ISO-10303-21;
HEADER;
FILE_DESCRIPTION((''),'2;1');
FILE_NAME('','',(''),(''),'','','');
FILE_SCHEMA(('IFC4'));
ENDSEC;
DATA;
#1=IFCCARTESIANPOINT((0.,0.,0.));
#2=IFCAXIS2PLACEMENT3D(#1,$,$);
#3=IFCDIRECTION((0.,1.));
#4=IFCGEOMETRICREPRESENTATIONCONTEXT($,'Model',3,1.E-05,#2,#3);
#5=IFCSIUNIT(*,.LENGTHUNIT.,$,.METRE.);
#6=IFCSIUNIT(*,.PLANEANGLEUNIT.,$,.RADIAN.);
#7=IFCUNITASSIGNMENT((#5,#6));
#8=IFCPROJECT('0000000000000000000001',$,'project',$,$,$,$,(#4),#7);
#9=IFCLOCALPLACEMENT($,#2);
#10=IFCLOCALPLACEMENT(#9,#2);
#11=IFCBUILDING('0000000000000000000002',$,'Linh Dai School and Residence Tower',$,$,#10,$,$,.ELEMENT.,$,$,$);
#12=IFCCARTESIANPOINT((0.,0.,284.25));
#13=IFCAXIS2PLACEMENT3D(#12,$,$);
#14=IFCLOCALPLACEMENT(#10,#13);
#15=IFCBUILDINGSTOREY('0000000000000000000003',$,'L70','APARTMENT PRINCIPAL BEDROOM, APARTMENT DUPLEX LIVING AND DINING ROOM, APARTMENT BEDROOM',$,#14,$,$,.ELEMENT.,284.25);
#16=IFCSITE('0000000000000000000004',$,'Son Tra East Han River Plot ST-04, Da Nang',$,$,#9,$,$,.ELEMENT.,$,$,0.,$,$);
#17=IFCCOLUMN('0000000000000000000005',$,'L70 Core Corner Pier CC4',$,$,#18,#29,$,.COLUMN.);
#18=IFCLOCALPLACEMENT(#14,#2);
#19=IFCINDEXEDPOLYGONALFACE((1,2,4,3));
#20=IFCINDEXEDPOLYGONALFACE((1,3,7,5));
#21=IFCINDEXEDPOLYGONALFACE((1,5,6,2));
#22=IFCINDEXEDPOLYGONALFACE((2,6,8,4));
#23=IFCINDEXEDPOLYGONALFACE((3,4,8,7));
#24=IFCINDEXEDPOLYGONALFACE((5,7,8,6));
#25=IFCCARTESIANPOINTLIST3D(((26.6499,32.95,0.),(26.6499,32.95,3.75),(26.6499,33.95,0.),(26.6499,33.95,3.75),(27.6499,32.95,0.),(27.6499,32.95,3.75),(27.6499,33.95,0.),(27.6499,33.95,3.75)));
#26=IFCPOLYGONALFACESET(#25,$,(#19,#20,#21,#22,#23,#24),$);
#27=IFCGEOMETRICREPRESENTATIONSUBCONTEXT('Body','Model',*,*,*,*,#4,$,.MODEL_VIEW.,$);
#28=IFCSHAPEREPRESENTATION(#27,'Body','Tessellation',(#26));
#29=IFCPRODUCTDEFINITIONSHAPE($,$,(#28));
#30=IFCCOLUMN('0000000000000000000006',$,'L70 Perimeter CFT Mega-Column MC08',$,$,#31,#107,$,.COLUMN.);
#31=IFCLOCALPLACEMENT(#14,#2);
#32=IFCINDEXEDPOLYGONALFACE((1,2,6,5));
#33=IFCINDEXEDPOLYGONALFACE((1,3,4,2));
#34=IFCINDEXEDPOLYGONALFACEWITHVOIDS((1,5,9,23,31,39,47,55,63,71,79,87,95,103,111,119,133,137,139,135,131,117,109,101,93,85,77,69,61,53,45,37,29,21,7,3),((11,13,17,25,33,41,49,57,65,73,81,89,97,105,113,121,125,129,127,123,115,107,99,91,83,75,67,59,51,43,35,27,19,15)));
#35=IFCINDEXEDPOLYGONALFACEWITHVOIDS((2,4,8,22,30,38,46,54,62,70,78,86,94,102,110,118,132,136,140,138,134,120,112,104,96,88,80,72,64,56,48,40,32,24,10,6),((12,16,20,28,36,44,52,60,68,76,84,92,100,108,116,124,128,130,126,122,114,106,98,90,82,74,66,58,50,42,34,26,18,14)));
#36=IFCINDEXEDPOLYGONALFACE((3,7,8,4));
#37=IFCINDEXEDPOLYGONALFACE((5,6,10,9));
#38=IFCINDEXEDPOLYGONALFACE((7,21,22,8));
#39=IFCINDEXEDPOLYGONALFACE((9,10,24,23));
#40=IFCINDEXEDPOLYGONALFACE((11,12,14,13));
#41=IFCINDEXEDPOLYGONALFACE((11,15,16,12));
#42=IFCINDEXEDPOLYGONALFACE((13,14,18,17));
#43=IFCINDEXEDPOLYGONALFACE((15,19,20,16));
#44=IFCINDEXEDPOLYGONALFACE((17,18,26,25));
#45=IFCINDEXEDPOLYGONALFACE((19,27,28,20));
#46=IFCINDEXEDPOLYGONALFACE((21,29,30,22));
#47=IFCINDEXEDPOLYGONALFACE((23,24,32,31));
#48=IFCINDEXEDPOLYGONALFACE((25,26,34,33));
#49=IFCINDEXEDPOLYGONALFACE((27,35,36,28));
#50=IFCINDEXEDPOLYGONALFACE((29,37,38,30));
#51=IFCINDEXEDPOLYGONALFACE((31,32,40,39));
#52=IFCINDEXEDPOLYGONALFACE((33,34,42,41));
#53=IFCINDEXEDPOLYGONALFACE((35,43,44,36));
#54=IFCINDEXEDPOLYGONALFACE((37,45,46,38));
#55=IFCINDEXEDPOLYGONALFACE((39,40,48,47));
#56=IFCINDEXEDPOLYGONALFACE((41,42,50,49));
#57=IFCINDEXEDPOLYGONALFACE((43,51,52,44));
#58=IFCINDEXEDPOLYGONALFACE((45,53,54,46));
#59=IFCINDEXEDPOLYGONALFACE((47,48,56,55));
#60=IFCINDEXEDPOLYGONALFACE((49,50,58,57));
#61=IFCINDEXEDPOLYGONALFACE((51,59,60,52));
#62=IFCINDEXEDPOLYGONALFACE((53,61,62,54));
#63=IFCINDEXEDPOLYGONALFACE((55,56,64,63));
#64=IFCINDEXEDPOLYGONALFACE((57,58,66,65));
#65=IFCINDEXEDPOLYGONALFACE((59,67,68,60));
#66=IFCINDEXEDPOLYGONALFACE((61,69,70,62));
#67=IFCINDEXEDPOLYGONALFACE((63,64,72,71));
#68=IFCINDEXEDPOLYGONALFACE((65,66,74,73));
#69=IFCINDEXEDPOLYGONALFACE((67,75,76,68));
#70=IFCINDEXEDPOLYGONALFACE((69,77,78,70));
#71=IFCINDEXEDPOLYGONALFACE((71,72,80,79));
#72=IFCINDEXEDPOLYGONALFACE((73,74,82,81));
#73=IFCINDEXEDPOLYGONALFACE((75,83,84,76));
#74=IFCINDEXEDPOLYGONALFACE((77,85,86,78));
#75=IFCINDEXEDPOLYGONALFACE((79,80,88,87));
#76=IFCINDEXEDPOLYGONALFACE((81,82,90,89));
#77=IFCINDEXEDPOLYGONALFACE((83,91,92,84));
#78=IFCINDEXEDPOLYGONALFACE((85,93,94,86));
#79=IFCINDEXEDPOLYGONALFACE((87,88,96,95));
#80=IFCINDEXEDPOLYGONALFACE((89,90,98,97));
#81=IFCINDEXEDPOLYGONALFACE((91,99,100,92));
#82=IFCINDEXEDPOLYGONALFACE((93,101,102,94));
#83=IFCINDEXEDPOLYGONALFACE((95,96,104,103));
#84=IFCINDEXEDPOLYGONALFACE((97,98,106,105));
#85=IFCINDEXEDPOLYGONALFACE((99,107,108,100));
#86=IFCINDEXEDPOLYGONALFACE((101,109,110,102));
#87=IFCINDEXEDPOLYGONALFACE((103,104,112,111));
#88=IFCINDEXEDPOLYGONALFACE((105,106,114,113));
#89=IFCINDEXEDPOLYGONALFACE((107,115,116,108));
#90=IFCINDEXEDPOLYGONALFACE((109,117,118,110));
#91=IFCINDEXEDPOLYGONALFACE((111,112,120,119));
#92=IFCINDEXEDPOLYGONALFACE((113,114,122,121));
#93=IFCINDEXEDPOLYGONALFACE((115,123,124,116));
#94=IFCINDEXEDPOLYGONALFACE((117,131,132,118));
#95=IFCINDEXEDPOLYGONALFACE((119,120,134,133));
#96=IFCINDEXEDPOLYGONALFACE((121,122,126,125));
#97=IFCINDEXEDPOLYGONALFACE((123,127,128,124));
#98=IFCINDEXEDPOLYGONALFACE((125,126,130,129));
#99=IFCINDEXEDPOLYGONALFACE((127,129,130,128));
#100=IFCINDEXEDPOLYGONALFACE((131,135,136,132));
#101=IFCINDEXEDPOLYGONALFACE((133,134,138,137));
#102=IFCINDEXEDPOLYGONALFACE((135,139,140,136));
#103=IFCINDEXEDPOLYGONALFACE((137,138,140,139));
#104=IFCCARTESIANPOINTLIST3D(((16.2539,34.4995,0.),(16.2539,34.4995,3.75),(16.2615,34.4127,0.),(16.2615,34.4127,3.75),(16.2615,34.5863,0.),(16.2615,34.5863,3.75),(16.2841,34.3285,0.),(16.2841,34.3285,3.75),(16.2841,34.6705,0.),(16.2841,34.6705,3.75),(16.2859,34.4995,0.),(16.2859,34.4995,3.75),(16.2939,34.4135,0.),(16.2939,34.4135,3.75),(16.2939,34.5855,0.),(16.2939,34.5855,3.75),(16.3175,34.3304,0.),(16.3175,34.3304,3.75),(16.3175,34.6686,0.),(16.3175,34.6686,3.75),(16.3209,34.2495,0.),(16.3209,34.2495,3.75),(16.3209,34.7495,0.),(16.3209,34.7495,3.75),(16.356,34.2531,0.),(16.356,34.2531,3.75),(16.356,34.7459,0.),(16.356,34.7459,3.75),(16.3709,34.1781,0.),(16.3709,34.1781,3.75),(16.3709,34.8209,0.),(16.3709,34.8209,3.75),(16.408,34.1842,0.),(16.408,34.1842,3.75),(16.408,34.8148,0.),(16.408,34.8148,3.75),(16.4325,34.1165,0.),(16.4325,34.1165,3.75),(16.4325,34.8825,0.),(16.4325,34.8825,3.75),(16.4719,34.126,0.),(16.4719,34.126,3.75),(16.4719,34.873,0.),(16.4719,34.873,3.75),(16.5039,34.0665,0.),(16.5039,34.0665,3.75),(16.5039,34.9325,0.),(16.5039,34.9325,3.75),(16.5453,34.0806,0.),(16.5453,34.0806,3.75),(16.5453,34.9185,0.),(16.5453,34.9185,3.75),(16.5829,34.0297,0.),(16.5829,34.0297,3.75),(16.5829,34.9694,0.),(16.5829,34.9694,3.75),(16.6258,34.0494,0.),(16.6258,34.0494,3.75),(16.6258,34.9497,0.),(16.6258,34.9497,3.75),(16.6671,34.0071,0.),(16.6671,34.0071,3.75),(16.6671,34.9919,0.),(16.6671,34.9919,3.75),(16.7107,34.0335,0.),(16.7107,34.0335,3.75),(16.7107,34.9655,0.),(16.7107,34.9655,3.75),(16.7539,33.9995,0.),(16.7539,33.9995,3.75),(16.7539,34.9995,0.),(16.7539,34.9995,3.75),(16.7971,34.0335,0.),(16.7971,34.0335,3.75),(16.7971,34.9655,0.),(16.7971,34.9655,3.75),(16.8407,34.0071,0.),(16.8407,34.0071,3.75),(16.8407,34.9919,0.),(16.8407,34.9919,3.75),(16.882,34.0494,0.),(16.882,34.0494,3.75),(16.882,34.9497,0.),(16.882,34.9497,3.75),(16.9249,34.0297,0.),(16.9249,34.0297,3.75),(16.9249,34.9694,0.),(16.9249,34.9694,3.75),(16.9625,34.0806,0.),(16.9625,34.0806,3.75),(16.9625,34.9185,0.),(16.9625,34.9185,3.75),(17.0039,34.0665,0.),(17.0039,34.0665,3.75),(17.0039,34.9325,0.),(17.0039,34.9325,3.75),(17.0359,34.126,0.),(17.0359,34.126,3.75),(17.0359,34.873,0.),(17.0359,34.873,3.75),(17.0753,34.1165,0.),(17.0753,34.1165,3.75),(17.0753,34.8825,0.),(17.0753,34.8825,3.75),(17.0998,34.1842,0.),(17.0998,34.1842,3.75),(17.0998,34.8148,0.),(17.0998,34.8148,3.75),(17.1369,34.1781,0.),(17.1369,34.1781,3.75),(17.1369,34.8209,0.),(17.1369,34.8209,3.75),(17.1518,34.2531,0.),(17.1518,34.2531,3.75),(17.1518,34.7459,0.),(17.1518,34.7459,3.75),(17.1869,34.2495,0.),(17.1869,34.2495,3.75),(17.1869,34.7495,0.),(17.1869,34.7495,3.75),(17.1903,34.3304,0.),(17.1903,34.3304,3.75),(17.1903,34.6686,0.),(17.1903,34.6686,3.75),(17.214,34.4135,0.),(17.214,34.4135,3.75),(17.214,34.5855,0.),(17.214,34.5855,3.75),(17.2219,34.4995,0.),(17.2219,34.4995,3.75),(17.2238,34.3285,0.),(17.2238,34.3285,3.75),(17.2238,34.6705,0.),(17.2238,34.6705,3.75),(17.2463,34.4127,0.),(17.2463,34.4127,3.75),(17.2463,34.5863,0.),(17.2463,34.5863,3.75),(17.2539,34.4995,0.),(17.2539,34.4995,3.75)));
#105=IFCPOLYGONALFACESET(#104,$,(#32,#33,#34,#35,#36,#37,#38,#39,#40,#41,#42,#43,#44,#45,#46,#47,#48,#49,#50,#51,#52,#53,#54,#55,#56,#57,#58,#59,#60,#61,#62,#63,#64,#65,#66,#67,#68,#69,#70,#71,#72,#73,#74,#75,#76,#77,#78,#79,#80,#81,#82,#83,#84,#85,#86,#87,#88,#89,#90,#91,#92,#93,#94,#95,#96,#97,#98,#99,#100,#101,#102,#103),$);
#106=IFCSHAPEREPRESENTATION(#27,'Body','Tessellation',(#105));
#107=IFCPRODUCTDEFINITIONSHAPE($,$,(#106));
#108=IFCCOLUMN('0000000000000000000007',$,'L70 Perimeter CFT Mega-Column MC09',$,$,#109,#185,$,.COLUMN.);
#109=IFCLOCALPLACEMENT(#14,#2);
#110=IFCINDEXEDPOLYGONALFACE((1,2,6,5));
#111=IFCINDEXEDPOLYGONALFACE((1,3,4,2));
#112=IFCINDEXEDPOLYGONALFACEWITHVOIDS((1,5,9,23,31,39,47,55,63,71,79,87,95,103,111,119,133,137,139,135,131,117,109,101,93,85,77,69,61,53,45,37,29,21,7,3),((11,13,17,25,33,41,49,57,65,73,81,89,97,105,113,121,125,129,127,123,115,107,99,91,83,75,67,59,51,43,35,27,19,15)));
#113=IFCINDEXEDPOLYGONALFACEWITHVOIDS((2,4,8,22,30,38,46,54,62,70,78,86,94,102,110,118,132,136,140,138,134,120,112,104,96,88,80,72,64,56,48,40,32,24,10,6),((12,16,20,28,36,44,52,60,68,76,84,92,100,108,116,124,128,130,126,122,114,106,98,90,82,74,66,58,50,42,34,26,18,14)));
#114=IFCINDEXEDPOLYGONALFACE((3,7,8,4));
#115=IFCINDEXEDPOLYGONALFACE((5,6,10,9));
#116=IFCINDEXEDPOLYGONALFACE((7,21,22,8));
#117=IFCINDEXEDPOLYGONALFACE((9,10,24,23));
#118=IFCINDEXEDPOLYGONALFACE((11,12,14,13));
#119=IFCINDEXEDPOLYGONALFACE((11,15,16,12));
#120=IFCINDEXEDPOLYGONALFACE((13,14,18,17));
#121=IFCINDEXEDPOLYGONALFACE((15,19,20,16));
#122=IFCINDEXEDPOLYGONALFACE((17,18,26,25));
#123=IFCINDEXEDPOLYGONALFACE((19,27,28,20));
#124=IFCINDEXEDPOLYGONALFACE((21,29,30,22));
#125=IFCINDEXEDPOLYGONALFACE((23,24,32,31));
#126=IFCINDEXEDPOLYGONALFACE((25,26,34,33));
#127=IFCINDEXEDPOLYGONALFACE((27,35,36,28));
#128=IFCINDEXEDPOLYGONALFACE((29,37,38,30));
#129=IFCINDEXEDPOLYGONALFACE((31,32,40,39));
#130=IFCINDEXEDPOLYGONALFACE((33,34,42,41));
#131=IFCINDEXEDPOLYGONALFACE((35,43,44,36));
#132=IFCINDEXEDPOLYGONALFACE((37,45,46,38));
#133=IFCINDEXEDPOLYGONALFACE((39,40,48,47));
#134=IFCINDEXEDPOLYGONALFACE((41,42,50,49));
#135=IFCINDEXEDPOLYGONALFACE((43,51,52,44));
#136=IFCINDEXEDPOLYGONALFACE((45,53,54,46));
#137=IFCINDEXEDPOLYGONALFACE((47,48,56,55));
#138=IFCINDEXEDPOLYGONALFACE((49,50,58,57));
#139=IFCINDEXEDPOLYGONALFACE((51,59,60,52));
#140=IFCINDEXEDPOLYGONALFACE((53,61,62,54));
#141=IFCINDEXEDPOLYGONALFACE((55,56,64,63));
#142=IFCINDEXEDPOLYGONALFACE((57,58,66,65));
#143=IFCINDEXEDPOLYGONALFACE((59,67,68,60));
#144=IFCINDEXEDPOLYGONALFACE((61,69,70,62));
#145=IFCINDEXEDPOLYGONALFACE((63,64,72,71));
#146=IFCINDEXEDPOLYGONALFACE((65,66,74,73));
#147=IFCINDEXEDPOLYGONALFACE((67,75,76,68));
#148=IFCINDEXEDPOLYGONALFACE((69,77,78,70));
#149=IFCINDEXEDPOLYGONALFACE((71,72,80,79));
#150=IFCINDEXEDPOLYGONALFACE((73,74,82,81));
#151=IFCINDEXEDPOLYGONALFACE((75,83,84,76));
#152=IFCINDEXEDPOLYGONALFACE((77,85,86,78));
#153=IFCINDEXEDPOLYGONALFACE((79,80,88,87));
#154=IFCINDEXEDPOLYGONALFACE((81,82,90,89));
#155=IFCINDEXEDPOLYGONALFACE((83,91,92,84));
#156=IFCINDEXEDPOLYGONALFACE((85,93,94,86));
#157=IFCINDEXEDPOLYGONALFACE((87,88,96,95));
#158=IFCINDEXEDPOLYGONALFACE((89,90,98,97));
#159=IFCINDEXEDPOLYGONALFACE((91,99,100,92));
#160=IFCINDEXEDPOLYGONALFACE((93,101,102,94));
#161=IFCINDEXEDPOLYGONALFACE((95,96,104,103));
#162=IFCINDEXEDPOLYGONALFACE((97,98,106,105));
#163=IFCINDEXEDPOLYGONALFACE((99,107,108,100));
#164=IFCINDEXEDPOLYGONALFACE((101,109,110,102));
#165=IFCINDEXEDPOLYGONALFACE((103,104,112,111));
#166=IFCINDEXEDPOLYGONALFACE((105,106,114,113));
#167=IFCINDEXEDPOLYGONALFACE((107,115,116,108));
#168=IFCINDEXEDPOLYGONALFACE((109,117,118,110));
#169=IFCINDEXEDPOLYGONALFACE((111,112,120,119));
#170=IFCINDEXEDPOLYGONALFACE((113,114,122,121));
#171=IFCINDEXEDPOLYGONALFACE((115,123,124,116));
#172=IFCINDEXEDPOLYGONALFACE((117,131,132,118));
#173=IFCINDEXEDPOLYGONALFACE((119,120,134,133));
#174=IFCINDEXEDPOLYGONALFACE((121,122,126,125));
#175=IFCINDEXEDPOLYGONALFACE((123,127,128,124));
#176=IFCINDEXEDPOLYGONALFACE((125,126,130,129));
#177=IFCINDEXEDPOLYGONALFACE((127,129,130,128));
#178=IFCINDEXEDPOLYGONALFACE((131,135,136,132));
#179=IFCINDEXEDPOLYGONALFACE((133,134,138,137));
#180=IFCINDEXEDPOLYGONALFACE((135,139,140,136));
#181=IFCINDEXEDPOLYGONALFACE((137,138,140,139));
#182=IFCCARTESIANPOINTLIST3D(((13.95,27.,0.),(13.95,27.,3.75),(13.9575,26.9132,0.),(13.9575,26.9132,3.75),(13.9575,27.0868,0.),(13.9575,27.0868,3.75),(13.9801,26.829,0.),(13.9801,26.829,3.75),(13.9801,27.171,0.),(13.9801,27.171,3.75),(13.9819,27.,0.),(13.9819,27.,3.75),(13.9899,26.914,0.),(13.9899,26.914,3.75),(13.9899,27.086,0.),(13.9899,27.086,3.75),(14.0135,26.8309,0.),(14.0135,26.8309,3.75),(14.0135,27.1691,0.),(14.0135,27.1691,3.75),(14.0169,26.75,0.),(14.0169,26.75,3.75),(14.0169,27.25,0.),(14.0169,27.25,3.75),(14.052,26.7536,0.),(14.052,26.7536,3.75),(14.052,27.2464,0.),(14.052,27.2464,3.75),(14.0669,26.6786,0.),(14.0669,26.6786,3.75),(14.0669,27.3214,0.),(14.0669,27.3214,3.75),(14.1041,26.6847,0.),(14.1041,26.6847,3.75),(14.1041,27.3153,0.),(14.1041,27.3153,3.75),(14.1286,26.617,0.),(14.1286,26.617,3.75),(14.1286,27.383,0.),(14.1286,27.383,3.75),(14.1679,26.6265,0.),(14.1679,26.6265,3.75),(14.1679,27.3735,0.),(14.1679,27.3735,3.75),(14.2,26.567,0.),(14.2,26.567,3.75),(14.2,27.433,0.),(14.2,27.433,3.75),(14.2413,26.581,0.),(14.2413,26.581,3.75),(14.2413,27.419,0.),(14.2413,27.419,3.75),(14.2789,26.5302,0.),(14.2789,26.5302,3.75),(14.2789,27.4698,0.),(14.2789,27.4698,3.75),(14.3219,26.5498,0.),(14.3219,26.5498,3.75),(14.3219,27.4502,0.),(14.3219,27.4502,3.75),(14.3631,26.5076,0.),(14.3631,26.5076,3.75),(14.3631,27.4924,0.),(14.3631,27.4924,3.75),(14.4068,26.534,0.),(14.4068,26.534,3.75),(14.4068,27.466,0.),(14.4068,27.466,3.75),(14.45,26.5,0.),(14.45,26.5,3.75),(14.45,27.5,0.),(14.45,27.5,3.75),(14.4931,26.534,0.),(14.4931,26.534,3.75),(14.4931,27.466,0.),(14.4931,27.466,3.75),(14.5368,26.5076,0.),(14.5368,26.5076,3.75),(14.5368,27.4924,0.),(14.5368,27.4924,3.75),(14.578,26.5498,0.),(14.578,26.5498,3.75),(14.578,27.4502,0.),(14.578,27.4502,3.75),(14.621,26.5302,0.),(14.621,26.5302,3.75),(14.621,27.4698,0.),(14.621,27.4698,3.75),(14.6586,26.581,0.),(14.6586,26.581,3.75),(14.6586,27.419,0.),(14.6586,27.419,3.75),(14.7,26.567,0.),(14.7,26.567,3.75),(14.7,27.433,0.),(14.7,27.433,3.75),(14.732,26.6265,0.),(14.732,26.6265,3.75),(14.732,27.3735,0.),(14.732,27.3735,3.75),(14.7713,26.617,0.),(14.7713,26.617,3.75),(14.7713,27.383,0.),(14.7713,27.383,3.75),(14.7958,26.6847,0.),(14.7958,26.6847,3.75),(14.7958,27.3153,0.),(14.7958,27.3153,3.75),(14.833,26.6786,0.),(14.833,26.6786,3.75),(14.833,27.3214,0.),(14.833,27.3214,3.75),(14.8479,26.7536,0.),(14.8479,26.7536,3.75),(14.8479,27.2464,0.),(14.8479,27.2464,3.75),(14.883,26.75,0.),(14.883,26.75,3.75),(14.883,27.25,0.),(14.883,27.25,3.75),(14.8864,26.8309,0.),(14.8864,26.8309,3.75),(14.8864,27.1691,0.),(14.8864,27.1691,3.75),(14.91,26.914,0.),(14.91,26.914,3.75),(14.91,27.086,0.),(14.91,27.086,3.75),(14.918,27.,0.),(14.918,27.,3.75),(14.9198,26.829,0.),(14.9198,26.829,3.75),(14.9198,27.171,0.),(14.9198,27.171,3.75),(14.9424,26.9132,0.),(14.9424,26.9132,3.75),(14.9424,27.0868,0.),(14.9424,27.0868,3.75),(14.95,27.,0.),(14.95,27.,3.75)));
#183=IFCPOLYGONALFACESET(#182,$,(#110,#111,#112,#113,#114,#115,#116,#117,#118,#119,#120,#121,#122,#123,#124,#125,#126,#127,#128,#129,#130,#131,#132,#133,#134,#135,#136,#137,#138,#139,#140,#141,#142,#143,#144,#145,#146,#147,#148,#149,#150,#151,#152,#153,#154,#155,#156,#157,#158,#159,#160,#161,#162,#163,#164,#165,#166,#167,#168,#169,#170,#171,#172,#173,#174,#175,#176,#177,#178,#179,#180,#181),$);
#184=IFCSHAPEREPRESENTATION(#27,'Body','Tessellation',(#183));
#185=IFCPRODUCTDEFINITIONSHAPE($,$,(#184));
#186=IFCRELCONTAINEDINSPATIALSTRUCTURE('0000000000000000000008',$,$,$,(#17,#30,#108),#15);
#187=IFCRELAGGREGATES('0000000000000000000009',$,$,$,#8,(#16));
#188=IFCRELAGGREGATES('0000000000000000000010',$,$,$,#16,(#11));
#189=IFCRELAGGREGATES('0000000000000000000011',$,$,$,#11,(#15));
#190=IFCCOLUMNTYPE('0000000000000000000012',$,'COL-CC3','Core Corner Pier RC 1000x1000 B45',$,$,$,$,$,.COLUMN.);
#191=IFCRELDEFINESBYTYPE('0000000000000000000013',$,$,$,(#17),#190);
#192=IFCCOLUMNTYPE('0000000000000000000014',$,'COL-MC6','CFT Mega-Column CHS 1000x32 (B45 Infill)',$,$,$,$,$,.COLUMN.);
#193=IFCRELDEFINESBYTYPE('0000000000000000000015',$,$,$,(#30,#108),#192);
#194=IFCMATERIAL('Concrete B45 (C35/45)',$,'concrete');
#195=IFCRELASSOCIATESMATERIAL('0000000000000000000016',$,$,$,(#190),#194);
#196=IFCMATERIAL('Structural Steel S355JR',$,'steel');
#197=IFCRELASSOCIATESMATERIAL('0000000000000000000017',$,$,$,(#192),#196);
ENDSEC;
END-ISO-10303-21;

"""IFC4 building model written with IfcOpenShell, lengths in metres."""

from ifc_helpers import new_model, si_unit, direction, frame, origin, origin_2d, place, context, subcontext, project, spatial, rectangle, hollow_circle, extrude, material, material_profile, profile_set, type_object, element, save


model = new_model("IFC4")

# Units and contexts
model_context = context("Model", 3, precision=1e-05, world=origin(), true_north=direction((0.0, 1.0)))
body_context = subcontext(model_context, "Body", "Model", "MODEL_VIEW")
ifc_project = project(units=[si_unit("LENGTHUNIT", "METRE"), si_unit("PLANEANGLEUNIT", "RADIAN")], contexts=[model_context])

# Site, building, storey
site_placement = place(None, origin())
site = spatial("IfcSite", under=ifc_project, at=site_placement, Name="Son Tra East Han River Plot ST-04, Da Nang", CompositionType="ELEMENT", RefElevation=0.0)
building_placement = place(site_placement, origin())
building = spatial("IfcBuilding", under=site, at=building_placement, Name="Linh Dai School and Residence Tower", CompositionType="ELEMENT")
storey_placement = place(building_placement, frame((0.0, 0.0, 284.25)))
storey = spatial("IfcBuildingStorey", under=building, at=storey_placement, Name="L70", Description="APARTMENT PRINCIPAL BEDROOM, APARTMENT DUPLEX LIVING AND DINING ROOM, APARTMENT BEDROOM", CompositionType="ELEMENT", Elevation=284.25)

# Columns
ifc_material_1 = material(Name="Concrete B45 (C35/45)", Category="concrete")
ifc_material_profile_1 = material_profile(ifc_material_1, rectangle(XDim=1.0, YDim=1.0, at=origin_2d()), Name="RC 1000x1000")
ifc_profile_set_1 = profile_set([ifc_material_profile_1], Name="Concrete B45 (C35/45)")
column_type_1 = type_object("IfcColumnType", Name="COL-CC3", Description="Core Corner Pier RC 1000x1000 B45", PredefinedType="COLUMN", material=ifc_profile_set_1)
column_placement = place(storey_placement, frame((27.1499, 33.45, 0.0), z_axis=(0.0, 0.0, 1.0), x_axis=(1.0, 0.0, 0.0)))
element("IfcColumn", 1, at=column_placement, inside=storey, type_object=column_type_1, Name="L70 Core Corner Pier CC4", PredefinedType="COLUMN", context=body_context, shape_type="SweptSolid", body=[
    extrude(rectangle(XDim=1.0, YDim=1.0, at=origin_2d()), origin(), (0.0, 0.0, 1.0), 3.75),
])
ifc_material_2 = material(Name="Structural Steel S355JR", Category="steel")
ifc_material_profile_2 = material_profile(ifc_material_2, hollow_circle(Radius=0.5, WallThickness=0.032, at=origin_2d()), Name="CHS 1000x32")
ifc_profile_set_2 = profile_set([ifc_material_profile_2], Name="Structural Steel S355JR")
column_type_2 = type_object("IfcColumnType", Name="COL-MC6", Description="CFT Mega-Column CHS 1000x32 (B45 Infill)", PredefinedType="COLUMN", material=ifc_profile_set_2)
for number, where, z_axis, x_axis, name in (
    (2, (16.7539, 34.4995, 0.0), (0.0, 0.0, 1.0), (1.0, 0.0, 0.0), "L70 Perimeter CFT Mega-Column MC08"),
    (3, (14.45, 27.0, 0.0), (0.0, 0.0, 1.0), (1.0, 0.0, 0.0), "L70 Perimeter CFT Mega-Column MC09"),
):
    element("IfcColumn", number, at=place(storey_placement, frame(where, z_axis=z_axis, x_axis=x_axis)), inside=storey, type_object=column_type_2, Name=name, PredefinedType="COLUMN", context=body_context, shape_type="SweptSolid", body=[
        extrude(hollow_circle(Radius=0.5, WallThickness=0.032, at=origin_2d()), origin(), (0.0, 0.0, 1.0), 3.75),
    ])

save(model, "model.ifc")
